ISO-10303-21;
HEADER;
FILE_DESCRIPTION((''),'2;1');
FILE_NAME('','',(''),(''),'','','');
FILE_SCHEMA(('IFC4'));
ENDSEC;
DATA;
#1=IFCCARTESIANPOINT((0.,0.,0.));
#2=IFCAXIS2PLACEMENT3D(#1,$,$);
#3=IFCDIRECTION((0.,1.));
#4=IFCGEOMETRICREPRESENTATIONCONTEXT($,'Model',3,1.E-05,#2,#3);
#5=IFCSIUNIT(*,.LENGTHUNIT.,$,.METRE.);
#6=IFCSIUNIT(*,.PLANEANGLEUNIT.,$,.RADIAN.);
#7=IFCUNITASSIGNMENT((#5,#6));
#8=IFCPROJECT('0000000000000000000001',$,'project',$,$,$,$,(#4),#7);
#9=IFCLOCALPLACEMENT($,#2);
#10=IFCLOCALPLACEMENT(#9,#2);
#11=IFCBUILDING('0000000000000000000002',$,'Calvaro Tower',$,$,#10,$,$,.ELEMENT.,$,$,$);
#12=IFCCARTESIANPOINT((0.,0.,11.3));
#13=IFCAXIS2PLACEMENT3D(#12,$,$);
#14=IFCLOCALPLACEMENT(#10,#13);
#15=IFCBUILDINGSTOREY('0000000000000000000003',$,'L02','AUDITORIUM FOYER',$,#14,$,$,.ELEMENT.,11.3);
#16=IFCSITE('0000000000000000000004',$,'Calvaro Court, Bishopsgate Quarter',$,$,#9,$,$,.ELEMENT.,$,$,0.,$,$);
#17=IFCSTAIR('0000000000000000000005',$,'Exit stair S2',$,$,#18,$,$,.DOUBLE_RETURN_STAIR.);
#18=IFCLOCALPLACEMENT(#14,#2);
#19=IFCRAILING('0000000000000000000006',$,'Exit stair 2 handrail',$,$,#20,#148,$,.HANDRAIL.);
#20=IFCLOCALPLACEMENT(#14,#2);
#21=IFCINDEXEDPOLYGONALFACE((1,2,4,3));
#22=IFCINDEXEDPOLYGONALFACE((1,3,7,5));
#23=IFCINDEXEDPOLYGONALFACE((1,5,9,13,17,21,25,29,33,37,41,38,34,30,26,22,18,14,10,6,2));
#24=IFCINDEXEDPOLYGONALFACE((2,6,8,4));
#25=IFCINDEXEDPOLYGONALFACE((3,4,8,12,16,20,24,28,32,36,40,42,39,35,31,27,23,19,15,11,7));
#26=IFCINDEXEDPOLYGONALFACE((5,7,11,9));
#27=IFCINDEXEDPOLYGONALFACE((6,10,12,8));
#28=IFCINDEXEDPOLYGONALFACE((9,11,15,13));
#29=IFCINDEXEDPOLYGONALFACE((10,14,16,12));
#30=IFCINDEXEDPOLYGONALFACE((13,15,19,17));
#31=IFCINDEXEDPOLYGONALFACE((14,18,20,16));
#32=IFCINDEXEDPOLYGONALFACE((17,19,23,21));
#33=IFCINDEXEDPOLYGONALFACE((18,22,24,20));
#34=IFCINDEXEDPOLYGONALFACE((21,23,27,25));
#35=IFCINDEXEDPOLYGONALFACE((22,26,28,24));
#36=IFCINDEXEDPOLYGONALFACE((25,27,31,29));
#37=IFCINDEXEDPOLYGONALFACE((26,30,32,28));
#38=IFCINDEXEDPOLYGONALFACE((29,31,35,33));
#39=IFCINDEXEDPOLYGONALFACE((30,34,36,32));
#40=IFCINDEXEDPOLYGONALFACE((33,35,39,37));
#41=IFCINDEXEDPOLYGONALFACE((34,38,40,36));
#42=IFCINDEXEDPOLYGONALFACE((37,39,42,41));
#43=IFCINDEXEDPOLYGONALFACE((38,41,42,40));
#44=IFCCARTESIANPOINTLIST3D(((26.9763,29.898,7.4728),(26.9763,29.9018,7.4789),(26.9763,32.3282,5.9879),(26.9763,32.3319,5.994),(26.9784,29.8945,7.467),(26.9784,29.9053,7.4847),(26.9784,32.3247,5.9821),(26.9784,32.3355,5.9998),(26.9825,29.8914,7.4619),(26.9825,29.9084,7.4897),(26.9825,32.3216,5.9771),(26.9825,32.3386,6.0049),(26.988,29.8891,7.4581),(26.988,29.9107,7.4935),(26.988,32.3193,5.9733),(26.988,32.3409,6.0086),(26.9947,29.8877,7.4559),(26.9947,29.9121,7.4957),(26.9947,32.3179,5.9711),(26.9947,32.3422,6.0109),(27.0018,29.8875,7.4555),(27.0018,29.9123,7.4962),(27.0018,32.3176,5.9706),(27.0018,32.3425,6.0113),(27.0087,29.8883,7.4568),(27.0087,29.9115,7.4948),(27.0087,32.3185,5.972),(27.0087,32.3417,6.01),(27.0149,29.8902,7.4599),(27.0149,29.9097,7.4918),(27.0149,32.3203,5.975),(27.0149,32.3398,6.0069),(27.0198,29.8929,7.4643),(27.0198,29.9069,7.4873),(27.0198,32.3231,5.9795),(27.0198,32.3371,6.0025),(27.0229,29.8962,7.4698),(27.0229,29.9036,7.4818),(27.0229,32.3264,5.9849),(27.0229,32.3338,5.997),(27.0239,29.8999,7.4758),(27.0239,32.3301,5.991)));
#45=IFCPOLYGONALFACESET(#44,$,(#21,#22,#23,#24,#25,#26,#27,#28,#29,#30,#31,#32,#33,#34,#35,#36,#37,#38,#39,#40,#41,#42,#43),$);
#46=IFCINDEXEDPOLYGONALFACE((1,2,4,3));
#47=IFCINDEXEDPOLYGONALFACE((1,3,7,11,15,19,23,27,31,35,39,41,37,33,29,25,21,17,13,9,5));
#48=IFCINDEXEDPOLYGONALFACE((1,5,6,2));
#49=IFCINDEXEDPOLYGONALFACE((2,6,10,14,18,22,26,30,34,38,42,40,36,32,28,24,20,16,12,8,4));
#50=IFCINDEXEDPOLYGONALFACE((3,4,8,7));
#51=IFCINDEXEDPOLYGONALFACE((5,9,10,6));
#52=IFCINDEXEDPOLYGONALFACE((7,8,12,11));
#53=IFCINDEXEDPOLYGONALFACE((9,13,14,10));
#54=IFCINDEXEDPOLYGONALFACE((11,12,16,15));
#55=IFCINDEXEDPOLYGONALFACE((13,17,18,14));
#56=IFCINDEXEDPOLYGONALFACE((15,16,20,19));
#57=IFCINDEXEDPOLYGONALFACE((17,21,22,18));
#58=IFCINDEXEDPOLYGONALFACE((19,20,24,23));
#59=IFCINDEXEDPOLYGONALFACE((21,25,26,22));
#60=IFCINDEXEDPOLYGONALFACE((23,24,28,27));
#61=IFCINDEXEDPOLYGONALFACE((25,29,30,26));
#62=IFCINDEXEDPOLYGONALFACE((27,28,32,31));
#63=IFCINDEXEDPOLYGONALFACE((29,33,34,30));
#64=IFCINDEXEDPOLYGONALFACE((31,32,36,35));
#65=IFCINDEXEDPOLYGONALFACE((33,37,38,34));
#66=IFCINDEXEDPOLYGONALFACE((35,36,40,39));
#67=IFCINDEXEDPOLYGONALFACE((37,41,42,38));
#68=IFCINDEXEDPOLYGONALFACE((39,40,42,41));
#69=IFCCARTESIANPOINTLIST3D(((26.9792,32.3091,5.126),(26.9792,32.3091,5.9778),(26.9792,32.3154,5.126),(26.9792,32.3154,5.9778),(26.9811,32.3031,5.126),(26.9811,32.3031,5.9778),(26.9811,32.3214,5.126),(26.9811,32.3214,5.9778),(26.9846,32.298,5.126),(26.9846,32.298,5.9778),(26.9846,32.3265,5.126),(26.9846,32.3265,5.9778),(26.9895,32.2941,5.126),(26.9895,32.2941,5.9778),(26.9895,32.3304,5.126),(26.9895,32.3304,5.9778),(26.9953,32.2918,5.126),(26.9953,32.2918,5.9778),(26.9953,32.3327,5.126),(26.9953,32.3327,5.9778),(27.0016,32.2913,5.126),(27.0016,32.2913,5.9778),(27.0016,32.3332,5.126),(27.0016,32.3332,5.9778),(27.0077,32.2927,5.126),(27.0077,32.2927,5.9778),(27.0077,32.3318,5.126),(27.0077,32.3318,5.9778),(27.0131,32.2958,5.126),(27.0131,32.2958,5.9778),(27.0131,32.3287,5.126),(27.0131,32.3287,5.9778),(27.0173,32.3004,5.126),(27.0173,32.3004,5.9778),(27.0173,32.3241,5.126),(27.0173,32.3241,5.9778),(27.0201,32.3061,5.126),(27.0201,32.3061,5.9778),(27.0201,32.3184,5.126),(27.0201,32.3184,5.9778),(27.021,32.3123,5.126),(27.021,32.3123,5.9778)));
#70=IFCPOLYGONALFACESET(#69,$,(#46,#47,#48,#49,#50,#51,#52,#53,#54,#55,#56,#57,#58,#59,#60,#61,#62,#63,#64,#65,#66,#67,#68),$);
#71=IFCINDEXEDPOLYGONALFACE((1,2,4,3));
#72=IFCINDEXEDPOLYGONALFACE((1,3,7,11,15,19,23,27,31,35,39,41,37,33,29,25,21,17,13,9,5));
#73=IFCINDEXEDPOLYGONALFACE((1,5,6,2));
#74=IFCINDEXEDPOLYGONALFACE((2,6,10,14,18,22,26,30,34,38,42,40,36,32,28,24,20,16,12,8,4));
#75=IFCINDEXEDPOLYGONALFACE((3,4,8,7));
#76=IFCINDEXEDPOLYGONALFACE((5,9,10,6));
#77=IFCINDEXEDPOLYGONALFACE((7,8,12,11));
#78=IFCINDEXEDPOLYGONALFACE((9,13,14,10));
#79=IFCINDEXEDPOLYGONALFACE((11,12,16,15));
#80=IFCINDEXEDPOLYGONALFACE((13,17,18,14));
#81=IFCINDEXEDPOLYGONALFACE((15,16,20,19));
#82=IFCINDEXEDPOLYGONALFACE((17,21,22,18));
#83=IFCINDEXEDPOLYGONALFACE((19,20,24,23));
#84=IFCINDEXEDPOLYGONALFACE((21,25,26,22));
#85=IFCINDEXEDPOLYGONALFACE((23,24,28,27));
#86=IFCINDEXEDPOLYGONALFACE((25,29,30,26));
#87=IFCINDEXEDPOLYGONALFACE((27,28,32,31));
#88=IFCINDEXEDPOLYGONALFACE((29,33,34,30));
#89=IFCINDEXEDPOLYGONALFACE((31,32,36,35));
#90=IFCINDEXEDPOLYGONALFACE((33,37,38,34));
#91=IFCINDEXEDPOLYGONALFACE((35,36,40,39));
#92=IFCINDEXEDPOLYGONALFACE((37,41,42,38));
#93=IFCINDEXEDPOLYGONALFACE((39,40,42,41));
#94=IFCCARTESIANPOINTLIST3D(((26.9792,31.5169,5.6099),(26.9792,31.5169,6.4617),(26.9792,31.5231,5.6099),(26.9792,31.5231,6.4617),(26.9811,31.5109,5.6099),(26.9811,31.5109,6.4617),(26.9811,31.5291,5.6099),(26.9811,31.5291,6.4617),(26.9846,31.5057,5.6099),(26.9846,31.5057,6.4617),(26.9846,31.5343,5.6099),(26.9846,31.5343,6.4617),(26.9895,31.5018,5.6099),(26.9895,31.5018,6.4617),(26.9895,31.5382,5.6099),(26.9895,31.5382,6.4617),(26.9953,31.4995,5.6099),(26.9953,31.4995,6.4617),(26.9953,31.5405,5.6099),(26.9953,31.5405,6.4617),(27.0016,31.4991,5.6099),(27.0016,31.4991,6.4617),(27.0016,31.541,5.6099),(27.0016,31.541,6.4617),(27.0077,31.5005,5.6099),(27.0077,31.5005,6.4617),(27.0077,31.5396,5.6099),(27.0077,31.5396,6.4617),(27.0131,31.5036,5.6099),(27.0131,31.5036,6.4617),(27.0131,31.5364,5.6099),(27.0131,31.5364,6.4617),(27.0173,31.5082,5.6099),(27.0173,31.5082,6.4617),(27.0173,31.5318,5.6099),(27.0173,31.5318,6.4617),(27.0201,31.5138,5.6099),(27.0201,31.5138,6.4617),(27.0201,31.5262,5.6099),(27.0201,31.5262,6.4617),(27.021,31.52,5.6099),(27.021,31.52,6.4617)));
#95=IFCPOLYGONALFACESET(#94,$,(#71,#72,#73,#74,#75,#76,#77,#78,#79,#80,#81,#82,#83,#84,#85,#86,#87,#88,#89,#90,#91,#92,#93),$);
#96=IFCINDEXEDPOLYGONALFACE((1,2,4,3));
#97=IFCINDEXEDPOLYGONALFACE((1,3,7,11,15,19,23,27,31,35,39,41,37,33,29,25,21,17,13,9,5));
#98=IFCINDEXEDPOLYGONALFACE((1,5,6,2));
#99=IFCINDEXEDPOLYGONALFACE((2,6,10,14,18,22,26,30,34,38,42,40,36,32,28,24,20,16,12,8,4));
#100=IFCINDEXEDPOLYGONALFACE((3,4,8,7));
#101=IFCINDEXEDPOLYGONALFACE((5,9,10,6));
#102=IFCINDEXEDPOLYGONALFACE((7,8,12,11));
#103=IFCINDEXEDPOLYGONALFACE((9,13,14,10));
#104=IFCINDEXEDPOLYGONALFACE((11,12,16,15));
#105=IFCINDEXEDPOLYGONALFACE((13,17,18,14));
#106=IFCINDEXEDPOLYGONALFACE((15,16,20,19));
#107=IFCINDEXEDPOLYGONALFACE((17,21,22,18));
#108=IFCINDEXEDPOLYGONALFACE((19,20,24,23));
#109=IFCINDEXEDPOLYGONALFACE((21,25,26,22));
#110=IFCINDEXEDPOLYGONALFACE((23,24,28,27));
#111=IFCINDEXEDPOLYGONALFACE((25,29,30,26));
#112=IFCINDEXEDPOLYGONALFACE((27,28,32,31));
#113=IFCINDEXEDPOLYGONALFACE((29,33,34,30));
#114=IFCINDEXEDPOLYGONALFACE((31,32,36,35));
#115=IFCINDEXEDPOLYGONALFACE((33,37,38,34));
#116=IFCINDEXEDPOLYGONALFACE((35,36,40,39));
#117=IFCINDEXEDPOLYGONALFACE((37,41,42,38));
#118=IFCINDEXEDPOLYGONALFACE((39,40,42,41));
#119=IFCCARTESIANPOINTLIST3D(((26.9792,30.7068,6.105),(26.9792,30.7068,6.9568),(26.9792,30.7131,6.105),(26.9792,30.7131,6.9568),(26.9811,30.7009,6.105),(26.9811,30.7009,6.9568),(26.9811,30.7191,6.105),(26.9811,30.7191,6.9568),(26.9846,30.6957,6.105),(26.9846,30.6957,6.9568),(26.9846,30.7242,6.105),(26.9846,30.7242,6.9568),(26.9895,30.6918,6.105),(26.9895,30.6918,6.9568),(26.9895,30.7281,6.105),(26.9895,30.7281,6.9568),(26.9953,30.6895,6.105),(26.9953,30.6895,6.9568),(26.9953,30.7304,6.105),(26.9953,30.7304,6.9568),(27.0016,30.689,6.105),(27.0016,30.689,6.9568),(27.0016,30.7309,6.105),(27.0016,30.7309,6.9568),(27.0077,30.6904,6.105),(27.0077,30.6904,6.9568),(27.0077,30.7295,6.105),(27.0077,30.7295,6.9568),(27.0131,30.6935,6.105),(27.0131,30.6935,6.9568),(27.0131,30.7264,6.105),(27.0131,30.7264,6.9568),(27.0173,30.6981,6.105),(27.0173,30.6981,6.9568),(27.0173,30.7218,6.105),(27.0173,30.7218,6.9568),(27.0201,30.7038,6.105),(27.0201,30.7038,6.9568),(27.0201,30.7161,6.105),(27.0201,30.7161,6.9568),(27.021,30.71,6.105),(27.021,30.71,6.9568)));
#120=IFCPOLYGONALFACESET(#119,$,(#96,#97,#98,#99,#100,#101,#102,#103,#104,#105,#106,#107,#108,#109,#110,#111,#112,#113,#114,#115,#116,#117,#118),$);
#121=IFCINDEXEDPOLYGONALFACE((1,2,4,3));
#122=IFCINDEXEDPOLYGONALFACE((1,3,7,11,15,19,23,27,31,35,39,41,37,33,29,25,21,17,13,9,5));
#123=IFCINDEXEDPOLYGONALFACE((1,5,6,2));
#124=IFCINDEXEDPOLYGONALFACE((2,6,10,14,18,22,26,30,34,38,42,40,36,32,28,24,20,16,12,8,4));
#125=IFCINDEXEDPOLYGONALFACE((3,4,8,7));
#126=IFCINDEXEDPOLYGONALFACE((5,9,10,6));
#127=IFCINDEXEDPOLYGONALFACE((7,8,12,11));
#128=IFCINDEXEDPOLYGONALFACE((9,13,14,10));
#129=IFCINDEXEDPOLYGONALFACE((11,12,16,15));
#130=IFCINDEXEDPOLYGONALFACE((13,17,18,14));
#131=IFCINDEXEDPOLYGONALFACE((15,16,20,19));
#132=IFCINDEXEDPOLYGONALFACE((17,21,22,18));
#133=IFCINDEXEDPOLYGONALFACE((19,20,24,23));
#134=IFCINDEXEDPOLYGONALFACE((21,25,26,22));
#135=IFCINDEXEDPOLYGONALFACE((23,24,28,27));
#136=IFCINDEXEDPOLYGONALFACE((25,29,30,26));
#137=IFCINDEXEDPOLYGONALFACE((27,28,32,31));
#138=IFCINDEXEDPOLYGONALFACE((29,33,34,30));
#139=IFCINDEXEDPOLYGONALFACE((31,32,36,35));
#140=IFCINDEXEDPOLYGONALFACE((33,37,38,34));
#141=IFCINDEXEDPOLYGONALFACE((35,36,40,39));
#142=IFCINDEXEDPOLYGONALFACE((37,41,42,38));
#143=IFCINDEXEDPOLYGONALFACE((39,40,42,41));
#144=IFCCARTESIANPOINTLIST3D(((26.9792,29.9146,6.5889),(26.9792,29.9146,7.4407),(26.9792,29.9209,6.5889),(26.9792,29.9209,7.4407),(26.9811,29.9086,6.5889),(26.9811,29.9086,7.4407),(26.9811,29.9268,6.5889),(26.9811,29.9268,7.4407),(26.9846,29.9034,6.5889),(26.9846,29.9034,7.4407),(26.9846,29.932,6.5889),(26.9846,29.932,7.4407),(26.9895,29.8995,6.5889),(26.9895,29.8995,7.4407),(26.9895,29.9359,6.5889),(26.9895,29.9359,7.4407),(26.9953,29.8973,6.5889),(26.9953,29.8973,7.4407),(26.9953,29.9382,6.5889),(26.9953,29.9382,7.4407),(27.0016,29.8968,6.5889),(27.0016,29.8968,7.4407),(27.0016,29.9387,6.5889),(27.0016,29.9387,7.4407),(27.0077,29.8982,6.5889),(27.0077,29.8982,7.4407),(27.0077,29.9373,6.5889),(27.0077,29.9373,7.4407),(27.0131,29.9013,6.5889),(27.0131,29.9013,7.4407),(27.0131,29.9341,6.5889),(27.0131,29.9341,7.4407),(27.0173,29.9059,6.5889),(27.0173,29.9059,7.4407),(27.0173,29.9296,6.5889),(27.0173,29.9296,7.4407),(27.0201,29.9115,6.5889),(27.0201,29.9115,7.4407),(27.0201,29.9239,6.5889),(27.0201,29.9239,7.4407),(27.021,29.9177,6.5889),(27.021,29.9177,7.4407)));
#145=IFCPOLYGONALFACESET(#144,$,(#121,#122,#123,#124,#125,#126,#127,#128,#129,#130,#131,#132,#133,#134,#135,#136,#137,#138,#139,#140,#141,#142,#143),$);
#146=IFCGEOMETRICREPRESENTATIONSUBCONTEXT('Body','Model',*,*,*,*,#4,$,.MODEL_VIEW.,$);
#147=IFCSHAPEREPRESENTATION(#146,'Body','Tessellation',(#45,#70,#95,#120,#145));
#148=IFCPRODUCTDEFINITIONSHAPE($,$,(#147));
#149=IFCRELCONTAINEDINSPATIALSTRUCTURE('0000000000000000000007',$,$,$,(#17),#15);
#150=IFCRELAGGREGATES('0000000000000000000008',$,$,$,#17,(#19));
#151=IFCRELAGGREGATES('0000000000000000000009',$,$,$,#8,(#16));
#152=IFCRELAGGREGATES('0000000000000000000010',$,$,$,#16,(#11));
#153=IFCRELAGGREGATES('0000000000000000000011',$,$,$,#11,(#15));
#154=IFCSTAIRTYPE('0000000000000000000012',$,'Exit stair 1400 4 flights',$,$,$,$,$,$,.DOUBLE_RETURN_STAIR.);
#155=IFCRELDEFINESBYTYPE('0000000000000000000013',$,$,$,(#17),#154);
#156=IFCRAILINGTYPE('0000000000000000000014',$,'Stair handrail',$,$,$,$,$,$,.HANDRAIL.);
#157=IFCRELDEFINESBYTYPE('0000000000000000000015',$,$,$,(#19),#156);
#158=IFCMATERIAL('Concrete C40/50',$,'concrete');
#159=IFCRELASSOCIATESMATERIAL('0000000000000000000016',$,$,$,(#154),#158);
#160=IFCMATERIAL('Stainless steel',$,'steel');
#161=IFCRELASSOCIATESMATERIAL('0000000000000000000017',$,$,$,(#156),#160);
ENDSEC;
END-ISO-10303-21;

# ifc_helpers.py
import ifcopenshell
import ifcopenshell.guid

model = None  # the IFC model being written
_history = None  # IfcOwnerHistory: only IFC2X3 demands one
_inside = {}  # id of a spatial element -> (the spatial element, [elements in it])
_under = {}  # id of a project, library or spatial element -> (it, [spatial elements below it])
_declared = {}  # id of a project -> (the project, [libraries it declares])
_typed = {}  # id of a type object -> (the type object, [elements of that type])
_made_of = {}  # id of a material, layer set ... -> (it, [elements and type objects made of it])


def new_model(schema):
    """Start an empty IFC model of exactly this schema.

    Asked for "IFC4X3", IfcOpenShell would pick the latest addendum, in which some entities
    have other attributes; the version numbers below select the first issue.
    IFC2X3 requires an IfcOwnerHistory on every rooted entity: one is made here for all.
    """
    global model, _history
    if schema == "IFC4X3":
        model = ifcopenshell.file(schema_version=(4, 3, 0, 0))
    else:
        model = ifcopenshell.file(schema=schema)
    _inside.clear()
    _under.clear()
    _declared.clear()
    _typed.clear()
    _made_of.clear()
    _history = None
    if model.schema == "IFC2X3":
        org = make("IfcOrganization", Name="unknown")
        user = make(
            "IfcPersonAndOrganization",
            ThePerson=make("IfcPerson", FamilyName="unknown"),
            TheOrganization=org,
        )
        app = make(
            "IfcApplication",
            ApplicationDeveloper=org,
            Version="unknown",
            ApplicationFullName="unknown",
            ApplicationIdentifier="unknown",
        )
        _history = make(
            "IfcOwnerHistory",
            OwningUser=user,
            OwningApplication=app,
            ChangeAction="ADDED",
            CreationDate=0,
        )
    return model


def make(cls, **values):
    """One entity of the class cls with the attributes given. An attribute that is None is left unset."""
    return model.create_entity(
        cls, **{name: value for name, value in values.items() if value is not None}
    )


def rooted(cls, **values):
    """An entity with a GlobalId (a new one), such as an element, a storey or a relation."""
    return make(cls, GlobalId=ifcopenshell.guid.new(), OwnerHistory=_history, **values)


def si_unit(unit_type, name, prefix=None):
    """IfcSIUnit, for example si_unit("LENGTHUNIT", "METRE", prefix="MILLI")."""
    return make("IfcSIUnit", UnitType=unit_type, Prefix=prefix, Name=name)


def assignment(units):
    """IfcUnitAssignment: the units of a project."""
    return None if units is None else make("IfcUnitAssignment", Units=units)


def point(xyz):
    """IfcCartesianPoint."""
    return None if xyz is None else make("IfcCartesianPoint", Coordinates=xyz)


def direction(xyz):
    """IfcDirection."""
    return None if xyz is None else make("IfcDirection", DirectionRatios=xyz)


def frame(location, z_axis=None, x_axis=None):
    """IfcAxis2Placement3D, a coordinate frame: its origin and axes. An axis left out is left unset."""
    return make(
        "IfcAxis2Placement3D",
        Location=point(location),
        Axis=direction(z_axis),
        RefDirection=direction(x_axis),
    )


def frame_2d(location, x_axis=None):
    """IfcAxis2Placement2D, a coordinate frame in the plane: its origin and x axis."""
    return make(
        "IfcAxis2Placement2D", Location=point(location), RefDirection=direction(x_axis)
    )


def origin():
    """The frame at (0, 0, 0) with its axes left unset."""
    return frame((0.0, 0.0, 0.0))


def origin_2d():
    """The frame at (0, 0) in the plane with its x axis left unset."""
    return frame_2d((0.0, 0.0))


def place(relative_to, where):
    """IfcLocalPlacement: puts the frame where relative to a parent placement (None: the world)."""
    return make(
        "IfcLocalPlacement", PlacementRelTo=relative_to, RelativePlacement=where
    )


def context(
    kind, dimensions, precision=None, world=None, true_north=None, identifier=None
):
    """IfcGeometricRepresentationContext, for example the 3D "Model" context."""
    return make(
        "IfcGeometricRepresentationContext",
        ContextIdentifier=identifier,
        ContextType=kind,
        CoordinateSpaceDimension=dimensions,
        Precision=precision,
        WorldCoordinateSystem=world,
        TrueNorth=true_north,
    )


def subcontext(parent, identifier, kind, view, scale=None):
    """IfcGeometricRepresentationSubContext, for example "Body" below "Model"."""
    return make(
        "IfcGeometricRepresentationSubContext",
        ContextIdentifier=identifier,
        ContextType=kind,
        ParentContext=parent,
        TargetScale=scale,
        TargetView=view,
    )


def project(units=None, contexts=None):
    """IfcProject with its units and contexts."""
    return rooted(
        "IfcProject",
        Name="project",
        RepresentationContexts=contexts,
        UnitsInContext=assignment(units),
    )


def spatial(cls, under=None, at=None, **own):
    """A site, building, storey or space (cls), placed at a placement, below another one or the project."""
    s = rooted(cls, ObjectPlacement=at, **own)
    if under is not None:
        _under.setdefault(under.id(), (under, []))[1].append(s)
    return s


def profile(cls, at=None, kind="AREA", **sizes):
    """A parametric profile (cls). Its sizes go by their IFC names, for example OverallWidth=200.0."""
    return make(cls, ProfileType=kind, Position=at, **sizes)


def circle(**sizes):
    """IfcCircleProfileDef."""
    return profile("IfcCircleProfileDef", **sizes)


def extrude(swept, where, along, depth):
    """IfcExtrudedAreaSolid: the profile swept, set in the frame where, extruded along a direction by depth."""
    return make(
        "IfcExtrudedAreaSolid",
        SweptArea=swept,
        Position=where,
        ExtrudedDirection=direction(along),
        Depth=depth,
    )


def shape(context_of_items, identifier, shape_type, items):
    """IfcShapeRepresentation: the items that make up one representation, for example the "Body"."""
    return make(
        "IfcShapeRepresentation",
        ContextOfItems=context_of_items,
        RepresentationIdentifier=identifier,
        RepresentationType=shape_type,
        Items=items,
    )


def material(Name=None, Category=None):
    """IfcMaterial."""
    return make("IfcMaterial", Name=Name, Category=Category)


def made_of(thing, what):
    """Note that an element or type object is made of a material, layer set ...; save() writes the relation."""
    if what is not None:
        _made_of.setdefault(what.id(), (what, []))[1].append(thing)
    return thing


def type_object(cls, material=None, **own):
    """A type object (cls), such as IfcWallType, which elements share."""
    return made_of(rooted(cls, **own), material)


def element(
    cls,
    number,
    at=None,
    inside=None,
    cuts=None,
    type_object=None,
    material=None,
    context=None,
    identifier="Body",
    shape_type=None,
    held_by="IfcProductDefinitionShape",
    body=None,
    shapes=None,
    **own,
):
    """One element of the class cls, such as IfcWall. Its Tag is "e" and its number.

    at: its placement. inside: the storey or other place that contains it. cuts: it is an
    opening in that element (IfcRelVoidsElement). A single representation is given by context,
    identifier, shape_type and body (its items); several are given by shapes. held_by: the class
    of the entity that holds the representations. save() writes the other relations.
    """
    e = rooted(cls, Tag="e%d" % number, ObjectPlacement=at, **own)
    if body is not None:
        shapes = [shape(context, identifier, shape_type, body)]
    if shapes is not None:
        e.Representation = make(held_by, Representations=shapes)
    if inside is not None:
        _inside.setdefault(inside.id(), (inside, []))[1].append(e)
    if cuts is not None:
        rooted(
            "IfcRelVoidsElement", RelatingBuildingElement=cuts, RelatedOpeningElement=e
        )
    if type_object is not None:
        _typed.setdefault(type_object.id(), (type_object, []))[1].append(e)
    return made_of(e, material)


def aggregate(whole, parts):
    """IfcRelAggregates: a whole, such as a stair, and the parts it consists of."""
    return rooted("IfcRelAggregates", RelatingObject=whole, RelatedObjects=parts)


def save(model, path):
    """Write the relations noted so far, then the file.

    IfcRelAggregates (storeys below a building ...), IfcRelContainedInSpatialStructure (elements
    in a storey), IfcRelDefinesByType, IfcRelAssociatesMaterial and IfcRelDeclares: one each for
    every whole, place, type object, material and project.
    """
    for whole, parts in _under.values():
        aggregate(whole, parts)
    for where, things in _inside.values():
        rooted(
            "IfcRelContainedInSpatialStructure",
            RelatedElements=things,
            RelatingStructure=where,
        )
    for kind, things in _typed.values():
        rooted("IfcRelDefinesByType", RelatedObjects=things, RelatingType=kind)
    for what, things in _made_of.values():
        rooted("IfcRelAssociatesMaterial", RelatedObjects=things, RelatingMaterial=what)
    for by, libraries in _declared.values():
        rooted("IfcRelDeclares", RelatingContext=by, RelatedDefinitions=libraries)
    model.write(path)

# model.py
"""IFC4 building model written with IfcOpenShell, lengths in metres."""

from ifc_helpers import new_model, si_unit, direction, frame, origin, origin_2d, place, context, subcontext, project, spatial, circle, extrude, material, type_object, element, aggregate, save


model = new_model("IFC4")

# Units and contexts
model_context = context("Model", 3, precision=1e-05, world=origin(), true_north=direction((0.0, 1.0)))
body_context = subcontext(model_context, "Body", "Model", "MODEL_VIEW")
ifc_project = project(units=[si_unit("LENGTHUNIT", "METRE"), si_unit("PLANEANGLEUNIT", "RADIAN")], contexts=[model_context])

# Site, building, storey
site_placement = place(None, origin())
site = spatial("IfcSite", under=ifc_project, at=site_placement, Name="Calvaro Court, Bishopsgate Quarter", CompositionType="ELEMENT", RefElevation=0.0)
building_placement = place(site_placement, origin())
building = spatial("IfcBuilding", under=site, at=building_placement, Name="Calvaro Tower", CompositionType="ELEMENT")
storey_placement = place(building_placement, frame((0.0, 0.0, 11.3)))
storey = spatial("IfcBuildingStorey", under=building, at=storey_placement, Name="L02", Description="AUDITORIUM FOYER", CompositionType="ELEMENT", Elevation=11.3)

# Stair, railing
ifc_material_1 = material(Name="Concrete C40/50", Category="concrete")
stair_type = type_object("IfcStairType", Name="Exit stair 1400 4 flights", PredefinedType="DOUBLE_RETURN_STAIR", material=ifc_material_1)
stair_placement = place(storey_placement, origin())
stair = element("IfcStair", 1, at=stair_placement, inside=storey, type_object=stair_type, Name="Exit stair S2", PredefinedType="DOUBLE_RETURN_STAIR")
ifc_material_2 = material(Name="Stainless steel", Category="steel")
railing_type = type_object("IfcRailingType", Name="Stair handrail", PredefinedType="HANDRAIL", material=ifc_material_2)
railing_1_placement = place(storey_placement, frame((27.0, 32.3301, 5.115)))
railing_1 = element("IfcRailing", 2, at=railing_1_placement, type_object=railing_type, Name="Exit stair 2 handrail", PredefinedType="HANDRAIL", context=body_context, shape_type="SweptSolid", body=[
    extrude(circle(Radius=0.0239, at=origin_2d()), frame((0.0, 0.0, 0.876), z_axis=(0.0, -0.85332, 0.521388), x_axis=(1.0, 0.0, 0.0)), (0.0, 0.0, 1.0), 2.8479),
    extrude(circle(Radius=0.021, at=origin_2d()), frame((0.0, -0.0178, 0.011)), (0.0, 0.0, 1.0), 0.8518),
    extrude(circle(Radius=0.021, at=origin_2d()), frame((0.0, -0.8101, 0.4949)), (0.0, 0.0, 1.0), 0.8518),
    extrude(circle(Radius=0.021, at=origin_2d()), frame((0.0, -1.6201, 0.99)), (0.0, 0.0, 1.0), 0.8518),
    extrude(circle(Radius=0.021, at=origin_2d()), frame((0.0, -2.4124, 1.4739)), (0.0, 0.0, 1.0), 0.8518),
])
aggregate(stair, [railing_1])

save(model, "model.ifc")
